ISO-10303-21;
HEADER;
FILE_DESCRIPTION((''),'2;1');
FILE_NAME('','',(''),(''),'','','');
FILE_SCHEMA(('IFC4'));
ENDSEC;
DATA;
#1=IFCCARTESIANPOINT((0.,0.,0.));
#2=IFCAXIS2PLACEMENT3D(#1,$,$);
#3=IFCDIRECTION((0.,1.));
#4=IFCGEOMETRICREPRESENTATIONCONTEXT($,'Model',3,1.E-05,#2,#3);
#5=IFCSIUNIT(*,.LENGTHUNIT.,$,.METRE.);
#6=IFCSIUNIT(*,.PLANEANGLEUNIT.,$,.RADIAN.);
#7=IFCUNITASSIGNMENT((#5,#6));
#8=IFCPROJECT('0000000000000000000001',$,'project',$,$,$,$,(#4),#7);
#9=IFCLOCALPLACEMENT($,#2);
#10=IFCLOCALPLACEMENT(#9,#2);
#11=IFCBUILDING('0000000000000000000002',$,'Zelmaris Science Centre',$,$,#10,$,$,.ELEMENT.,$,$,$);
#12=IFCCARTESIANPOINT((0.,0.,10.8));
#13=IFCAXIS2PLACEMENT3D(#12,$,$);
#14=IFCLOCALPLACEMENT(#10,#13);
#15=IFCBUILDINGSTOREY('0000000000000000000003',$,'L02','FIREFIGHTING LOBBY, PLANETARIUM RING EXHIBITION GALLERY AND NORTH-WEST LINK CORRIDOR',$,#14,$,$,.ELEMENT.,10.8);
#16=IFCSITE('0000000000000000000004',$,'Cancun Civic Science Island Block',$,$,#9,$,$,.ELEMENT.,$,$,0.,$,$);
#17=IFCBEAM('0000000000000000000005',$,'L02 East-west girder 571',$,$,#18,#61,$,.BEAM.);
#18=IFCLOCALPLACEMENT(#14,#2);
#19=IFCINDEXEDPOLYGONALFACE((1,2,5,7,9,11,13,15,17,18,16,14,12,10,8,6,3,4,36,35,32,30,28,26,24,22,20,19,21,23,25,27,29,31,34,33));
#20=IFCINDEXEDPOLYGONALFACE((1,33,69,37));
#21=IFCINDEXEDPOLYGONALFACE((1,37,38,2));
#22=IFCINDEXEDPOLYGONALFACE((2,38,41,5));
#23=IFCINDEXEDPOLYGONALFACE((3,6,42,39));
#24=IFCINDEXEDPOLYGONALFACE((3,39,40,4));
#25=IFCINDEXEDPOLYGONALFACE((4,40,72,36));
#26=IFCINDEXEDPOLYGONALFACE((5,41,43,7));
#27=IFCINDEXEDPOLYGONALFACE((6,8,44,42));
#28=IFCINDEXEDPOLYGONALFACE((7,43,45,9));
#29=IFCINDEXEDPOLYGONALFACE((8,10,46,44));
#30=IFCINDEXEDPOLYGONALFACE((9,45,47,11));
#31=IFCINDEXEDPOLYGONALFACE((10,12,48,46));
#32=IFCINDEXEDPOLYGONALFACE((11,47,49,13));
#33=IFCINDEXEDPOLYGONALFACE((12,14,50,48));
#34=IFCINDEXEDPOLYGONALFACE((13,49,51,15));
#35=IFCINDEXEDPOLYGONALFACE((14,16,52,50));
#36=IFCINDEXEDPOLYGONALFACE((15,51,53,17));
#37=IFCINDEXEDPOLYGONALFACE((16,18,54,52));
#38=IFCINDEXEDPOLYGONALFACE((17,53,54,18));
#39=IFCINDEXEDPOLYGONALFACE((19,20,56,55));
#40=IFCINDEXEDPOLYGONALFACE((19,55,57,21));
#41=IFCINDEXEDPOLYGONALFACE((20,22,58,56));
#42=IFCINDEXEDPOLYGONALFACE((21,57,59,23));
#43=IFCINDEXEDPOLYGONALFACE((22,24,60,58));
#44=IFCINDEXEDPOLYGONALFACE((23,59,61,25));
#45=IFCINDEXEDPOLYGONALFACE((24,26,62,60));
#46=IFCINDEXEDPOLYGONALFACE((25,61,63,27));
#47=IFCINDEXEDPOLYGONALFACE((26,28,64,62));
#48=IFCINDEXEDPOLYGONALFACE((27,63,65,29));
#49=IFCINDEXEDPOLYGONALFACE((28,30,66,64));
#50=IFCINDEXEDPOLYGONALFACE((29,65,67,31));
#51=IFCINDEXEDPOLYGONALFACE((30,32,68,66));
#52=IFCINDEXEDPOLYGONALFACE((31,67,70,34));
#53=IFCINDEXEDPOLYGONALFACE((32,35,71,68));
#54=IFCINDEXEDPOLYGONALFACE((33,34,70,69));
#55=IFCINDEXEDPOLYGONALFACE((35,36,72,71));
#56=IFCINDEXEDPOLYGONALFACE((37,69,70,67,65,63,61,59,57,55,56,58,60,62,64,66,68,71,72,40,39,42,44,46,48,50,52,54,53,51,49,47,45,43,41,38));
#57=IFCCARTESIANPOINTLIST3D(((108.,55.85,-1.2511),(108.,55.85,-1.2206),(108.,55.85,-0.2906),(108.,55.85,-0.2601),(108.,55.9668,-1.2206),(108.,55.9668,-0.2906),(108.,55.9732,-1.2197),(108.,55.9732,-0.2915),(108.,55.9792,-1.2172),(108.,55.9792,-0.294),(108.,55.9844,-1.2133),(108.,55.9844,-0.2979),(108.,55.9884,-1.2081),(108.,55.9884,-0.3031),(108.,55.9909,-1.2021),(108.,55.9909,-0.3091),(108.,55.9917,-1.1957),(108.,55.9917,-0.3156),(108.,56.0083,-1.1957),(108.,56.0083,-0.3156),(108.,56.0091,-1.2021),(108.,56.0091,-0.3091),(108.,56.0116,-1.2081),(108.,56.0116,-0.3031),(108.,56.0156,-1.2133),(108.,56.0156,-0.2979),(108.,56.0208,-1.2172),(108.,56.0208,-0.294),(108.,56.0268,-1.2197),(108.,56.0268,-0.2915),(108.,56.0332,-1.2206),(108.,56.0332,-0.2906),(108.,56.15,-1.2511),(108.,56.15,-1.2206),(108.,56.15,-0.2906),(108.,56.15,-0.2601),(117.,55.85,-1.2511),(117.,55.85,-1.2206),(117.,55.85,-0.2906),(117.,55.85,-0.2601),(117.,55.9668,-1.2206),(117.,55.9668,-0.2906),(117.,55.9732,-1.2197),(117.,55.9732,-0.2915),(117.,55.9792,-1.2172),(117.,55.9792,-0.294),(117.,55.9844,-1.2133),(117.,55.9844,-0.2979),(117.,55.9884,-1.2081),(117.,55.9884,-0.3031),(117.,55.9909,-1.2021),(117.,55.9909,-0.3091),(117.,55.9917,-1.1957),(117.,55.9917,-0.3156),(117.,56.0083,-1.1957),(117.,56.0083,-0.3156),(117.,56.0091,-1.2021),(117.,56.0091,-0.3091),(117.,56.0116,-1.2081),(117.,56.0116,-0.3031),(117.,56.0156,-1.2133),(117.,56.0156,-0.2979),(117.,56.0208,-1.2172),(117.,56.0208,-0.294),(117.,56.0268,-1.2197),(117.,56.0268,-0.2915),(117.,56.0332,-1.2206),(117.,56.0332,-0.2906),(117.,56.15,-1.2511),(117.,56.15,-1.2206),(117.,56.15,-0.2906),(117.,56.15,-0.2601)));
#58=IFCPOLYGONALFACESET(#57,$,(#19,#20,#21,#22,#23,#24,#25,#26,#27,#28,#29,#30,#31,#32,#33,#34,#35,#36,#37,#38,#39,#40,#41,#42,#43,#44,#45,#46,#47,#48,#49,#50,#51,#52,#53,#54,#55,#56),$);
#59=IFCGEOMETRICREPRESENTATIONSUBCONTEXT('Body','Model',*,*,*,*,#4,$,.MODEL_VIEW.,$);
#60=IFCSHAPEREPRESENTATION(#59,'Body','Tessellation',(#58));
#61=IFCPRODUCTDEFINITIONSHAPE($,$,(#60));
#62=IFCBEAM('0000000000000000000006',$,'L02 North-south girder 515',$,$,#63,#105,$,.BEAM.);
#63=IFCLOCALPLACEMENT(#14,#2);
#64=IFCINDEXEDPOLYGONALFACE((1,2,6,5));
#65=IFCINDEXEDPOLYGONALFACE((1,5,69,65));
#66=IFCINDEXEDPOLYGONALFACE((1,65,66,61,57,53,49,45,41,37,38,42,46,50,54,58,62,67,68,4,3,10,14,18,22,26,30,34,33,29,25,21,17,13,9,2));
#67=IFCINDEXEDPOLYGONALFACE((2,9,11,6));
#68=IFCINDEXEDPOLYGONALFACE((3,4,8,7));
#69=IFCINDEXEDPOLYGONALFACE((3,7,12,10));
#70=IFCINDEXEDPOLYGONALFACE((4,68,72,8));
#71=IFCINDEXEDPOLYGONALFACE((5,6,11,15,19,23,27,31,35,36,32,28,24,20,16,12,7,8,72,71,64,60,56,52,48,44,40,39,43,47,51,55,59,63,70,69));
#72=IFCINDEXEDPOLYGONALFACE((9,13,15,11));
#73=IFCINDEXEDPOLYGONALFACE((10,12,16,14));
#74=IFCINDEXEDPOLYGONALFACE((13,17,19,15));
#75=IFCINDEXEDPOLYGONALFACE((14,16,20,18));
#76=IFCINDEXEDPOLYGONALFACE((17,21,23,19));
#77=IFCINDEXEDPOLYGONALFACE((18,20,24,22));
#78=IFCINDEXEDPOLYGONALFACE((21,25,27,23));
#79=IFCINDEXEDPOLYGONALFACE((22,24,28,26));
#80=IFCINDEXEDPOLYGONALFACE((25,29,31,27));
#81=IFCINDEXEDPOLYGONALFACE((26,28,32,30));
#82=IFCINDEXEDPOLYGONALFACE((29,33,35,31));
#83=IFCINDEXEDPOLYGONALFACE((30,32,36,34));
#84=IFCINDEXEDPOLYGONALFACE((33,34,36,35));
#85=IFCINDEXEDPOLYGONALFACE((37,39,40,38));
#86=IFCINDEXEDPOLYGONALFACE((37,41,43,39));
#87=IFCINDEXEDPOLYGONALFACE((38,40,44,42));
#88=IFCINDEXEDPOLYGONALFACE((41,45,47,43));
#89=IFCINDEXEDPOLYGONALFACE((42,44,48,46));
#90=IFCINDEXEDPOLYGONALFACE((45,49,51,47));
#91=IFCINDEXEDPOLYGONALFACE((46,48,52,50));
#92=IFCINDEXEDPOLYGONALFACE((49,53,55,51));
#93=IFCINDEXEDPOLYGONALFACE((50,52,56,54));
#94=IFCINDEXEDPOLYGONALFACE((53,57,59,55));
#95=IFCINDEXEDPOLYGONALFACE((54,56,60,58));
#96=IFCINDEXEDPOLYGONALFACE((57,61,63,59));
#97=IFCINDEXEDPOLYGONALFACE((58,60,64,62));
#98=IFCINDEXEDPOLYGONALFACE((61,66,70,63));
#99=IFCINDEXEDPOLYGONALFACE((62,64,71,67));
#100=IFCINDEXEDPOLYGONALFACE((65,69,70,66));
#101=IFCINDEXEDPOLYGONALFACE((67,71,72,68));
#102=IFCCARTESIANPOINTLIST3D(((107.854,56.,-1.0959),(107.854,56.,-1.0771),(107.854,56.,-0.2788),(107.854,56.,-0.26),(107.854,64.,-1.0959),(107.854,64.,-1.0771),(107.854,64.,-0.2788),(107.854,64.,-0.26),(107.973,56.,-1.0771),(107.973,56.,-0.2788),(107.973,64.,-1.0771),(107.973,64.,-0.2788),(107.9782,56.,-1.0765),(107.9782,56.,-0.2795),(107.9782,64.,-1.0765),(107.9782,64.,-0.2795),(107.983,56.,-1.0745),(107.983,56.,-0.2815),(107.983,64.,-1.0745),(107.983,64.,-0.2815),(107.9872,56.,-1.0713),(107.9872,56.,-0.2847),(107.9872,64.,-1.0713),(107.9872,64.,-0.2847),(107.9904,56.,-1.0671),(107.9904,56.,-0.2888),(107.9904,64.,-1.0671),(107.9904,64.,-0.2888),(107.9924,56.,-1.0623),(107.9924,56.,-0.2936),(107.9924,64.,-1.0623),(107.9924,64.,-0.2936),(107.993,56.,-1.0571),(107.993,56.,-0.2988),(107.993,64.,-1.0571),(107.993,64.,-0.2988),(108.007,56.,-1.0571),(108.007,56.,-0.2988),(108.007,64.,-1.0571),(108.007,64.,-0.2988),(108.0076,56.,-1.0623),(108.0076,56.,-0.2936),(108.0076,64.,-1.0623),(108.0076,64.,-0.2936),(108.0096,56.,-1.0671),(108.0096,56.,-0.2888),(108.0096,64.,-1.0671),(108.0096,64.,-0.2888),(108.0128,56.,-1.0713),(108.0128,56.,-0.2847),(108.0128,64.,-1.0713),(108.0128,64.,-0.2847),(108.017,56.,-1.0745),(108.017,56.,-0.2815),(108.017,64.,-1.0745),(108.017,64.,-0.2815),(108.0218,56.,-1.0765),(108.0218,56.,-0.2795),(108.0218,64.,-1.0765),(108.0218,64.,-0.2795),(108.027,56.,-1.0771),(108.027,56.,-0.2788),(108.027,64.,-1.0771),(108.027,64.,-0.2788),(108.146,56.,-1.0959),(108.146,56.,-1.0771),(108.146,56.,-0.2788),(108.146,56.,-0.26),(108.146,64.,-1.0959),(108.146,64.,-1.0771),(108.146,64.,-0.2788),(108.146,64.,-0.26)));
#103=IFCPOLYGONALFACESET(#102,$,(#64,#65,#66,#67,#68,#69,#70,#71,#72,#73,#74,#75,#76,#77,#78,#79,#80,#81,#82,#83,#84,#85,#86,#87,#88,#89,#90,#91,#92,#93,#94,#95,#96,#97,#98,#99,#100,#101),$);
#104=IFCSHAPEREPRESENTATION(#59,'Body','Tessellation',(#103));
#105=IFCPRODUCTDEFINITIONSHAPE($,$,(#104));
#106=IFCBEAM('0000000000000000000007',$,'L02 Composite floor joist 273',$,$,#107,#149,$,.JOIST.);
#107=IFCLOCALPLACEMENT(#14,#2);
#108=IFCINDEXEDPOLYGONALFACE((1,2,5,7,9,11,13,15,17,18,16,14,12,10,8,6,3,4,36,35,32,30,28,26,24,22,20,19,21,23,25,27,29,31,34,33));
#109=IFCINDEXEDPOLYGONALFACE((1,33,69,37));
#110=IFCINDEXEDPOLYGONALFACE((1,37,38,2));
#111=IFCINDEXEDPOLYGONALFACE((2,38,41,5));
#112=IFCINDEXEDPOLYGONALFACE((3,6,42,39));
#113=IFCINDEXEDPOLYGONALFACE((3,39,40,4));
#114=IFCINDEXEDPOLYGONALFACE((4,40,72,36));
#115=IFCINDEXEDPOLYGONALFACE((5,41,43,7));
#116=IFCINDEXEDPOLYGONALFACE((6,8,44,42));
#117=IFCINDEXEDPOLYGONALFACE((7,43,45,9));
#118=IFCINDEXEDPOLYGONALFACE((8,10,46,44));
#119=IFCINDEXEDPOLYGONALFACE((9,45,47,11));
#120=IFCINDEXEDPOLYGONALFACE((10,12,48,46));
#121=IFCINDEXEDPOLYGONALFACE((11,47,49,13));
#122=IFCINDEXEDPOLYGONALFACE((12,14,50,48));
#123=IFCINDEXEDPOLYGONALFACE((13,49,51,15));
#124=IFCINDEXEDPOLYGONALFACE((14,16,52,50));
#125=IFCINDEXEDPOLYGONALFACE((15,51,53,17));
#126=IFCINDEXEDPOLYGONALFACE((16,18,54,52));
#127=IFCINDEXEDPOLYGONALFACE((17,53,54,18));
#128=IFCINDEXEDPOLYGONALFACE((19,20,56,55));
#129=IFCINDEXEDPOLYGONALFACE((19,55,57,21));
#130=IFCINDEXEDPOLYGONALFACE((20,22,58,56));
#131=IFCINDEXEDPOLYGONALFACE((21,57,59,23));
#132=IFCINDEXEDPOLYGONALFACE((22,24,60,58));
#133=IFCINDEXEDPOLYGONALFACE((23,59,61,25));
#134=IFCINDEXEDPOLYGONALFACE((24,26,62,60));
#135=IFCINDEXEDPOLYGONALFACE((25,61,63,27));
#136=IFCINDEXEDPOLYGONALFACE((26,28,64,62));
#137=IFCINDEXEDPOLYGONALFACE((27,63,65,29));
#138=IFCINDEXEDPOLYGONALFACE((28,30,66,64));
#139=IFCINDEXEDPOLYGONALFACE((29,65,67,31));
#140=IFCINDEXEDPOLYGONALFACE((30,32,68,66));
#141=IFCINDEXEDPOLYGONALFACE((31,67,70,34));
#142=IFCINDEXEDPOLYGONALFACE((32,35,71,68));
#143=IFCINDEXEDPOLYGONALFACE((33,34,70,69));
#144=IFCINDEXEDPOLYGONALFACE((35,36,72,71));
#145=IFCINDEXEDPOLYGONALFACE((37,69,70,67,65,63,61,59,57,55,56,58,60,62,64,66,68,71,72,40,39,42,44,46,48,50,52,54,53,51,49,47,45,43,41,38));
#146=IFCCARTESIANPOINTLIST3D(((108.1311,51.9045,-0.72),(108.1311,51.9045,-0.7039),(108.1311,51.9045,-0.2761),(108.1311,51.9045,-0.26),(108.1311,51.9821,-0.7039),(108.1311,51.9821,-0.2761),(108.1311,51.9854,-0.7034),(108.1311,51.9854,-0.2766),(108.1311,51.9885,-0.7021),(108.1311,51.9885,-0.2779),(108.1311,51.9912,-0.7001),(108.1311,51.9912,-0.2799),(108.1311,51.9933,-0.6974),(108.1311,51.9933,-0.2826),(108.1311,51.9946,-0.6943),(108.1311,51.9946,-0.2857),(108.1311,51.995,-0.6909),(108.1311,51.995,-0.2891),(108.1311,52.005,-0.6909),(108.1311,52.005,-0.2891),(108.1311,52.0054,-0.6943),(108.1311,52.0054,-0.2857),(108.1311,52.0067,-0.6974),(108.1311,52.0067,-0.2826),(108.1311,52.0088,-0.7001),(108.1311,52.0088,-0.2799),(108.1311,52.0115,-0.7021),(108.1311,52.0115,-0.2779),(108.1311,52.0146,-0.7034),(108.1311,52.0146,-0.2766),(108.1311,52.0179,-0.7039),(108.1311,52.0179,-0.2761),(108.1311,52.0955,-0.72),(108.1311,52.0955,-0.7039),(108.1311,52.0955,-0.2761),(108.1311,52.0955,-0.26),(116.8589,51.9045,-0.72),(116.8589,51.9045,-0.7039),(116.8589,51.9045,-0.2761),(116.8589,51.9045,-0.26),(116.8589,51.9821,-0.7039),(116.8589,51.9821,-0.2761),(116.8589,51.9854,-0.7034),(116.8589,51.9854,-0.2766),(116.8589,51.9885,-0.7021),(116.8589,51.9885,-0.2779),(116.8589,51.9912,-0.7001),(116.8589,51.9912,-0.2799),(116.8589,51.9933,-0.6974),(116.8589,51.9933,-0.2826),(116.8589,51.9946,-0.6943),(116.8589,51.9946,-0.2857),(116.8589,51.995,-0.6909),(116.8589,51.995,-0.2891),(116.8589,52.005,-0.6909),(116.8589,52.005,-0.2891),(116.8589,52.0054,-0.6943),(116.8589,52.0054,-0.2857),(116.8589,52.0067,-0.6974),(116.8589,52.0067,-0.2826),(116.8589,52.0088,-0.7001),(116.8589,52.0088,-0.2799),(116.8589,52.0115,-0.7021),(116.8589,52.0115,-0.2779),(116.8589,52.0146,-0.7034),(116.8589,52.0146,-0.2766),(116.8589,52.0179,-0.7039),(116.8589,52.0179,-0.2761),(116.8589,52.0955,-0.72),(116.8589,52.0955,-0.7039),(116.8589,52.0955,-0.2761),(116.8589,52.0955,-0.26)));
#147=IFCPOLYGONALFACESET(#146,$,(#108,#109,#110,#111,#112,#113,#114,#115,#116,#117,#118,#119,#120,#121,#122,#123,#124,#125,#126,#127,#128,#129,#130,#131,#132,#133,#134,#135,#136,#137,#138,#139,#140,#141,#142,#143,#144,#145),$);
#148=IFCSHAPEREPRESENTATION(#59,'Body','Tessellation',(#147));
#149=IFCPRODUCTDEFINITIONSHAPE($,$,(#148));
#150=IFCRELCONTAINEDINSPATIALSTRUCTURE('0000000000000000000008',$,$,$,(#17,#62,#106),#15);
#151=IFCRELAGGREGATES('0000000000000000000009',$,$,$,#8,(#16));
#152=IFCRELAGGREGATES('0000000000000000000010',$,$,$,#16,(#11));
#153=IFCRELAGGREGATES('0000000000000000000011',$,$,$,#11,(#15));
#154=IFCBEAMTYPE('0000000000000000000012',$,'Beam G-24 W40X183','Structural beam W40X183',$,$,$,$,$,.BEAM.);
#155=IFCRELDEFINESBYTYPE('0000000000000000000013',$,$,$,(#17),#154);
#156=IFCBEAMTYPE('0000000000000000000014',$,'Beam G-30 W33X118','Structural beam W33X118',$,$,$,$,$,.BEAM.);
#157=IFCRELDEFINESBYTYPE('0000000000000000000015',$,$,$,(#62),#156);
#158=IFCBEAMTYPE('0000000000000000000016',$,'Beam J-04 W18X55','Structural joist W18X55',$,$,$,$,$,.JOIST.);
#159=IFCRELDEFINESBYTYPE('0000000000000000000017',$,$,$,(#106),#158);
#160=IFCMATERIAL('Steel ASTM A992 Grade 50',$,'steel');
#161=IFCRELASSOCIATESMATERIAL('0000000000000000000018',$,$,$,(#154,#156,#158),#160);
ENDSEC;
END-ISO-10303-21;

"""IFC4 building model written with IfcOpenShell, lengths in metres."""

from ifc_helpers import new_model, si_unit, direction, frame, origin, origin_2d, place, context, subcontext, project, spatial, i_section, extrude, material, material_profile, profile_set, type_object, element, save


model = new_model("IFC4")

# Units and contexts
model_context = context("Model", 3, precision=1e-05, world=origin(), true_north=direction((0.0, 1.0)))
body_context = subcontext(model_context, "Body", "Model", "MODEL_VIEW")
ifc_project = project(units=[si_unit("LENGTHUNIT", "METRE"), si_unit("PLANEANGLEUNIT", "RADIAN")], contexts=[model_context])

# Site, building, storey
site_placement = place(None, origin())
site = spatial("IfcSite", under=ifc_project, at=site_placement, Name="Cancun Civic Science Island Block", CompositionType="ELEMENT", RefElevation=0.0)
building_placement = place(site_placement, origin())
building = spatial("IfcBuilding", under=site, at=building_placement, Name="Zelmaris Science Centre", CompositionType="ELEMENT")
storey_placement = place(building_placement, frame((0.0, 0.0, 10.8)))
storey = spatial("IfcBuildingStorey", under=building, at=storey_placement, Name="L02", Description="FIREFIGHTING LOBBY, PLANETARIUM RING EXHIBITION GALLERY AND NORTH-WEST LINK CORRIDOR", CompositionType="ELEMENT", Elevation=10.8)

# Shared definitions
ifc_material_1 = material(Name="Steel ASTM A992 Grade 50", Category="steel")

# Beams
ifc_material_profile_1 = material_profile(ifc_material_1, i_section(OverallWidth=0.3, OverallDepth=0.991, WebThickness=0.0166, FlangeThickness=0.0305, FilletRadius=0.0249, at=origin_2d()), Name="W40X183")
ifc_profile_set_1 = profile_set([ifc_material_profile_1], Name="Steel ASTM A992 Grade 50")
beam_type_1 = type_object("IfcBeamType", Name="Beam G-24 W40X183", Description="Structural beam W40X183", PredefinedType="BEAM", material=ifc_profile_set_1)
beam_1_placement = place(storey_placement, frame((108.0, 56.0, -0.7556), z_axis=(1.0, 0.0, 0.0), x_axis=(0.0, 1.0, 0.0)))
element("IfcBeam", 1, at=beam_1_placement, inside=storey, type_object=beam_type_1, Name="L02 East-west girder 571", PredefinedType="BEAM", context=body_context, shape_type="SweptSolid", body=[
    extrude(i_section(OverallWidth=0.3, OverallDepth=0.991, WebThickness=0.0166, FlangeThickness=0.0305, FilletRadius=0.0249, at=origin_2d()), origin(), (0.0, 0.0, 1.0), 9.0),
])
ifc_material_profile_2 = material_profile(ifc_material_1, i_section(OverallWidth=0.292, OverallDepth=0.8359, WebThickness=0.0139, FlangeThickness=0.0188, FilletRadius=0.02, at=origin_2d()), Name="W33X118")
ifc_profile_set_2 = profile_set([ifc_material_profile_2], Name="Steel ASTM A992 Grade 50")
beam_type_2 = type_object("IfcBeamType", Name="Beam G-30 W33X118", Description="Structural beam W33X118", PredefinedType="BEAM", material=ifc_profile_set_2)
beam_2_placement = place(storey_placement, frame((108.0, 56.0, -0.678), z_axis=(0.0, 1.0, 0.0), x_axis=(-1.0, 0.0, 0.0)))
element("IfcBeam", 2, at=beam_2_placement, inside=storey, type_object=beam_type_2, Name="L02 North-south girder 515", PredefinedType="BEAM", context=body_context, shape_type="SweptSolid", body=[
    extrude(i_section(OverallWidth=0.292, OverallDepth=0.8359, WebThickness=0.0139, FlangeThickness=0.0188, FilletRadius=0.02, at=origin_2d()), origin(), (0.0, 0.0, 1.0), 8.0),
])
ifc_material_profile_3 = material_profile(ifc_material_1, i_section(OverallWidth=0.1909, OverallDepth=0.46, WebThickness=0.01, FlangeThickness=0.0161, FilletRadius=0.0129, at=origin_2d()), Name="W18X55")
ifc_profile_set_3 = profile_set([ifc_material_profile_3], Name="Steel ASTM A992 Grade 50")
beam_type_3 = type_object("IfcBeamType", Name="Beam J-04 W18X55", Description="Structural joist W18X55", PredefinedType="JOIST", material=ifc_profile_set_3)
beam_3_placement = place(storey_placement, frame((108.1311, 52.0, -0.49), z_axis=(1.0, 0.0, 0.0), x_axis=(0.0, 1.0, 0.0)))
element("IfcBeam", 3, at=beam_3_placement, inside=storey, type_object=beam_type_3, Name="L02 Composite floor joist 273", PredefinedType="JOIST", context=body_context, shape_type="SweptSolid", body=[
    extrude(i_section(OverallWidth=0.1909, OverallDepth=0.46, WebThickness=0.01, FlangeThickness=0.0161, FilletRadius=0.0129, at=origin_2d()), origin(), (0.0, 0.0, 1.0), 8.7278),
])

save(model, "model.ifc")
